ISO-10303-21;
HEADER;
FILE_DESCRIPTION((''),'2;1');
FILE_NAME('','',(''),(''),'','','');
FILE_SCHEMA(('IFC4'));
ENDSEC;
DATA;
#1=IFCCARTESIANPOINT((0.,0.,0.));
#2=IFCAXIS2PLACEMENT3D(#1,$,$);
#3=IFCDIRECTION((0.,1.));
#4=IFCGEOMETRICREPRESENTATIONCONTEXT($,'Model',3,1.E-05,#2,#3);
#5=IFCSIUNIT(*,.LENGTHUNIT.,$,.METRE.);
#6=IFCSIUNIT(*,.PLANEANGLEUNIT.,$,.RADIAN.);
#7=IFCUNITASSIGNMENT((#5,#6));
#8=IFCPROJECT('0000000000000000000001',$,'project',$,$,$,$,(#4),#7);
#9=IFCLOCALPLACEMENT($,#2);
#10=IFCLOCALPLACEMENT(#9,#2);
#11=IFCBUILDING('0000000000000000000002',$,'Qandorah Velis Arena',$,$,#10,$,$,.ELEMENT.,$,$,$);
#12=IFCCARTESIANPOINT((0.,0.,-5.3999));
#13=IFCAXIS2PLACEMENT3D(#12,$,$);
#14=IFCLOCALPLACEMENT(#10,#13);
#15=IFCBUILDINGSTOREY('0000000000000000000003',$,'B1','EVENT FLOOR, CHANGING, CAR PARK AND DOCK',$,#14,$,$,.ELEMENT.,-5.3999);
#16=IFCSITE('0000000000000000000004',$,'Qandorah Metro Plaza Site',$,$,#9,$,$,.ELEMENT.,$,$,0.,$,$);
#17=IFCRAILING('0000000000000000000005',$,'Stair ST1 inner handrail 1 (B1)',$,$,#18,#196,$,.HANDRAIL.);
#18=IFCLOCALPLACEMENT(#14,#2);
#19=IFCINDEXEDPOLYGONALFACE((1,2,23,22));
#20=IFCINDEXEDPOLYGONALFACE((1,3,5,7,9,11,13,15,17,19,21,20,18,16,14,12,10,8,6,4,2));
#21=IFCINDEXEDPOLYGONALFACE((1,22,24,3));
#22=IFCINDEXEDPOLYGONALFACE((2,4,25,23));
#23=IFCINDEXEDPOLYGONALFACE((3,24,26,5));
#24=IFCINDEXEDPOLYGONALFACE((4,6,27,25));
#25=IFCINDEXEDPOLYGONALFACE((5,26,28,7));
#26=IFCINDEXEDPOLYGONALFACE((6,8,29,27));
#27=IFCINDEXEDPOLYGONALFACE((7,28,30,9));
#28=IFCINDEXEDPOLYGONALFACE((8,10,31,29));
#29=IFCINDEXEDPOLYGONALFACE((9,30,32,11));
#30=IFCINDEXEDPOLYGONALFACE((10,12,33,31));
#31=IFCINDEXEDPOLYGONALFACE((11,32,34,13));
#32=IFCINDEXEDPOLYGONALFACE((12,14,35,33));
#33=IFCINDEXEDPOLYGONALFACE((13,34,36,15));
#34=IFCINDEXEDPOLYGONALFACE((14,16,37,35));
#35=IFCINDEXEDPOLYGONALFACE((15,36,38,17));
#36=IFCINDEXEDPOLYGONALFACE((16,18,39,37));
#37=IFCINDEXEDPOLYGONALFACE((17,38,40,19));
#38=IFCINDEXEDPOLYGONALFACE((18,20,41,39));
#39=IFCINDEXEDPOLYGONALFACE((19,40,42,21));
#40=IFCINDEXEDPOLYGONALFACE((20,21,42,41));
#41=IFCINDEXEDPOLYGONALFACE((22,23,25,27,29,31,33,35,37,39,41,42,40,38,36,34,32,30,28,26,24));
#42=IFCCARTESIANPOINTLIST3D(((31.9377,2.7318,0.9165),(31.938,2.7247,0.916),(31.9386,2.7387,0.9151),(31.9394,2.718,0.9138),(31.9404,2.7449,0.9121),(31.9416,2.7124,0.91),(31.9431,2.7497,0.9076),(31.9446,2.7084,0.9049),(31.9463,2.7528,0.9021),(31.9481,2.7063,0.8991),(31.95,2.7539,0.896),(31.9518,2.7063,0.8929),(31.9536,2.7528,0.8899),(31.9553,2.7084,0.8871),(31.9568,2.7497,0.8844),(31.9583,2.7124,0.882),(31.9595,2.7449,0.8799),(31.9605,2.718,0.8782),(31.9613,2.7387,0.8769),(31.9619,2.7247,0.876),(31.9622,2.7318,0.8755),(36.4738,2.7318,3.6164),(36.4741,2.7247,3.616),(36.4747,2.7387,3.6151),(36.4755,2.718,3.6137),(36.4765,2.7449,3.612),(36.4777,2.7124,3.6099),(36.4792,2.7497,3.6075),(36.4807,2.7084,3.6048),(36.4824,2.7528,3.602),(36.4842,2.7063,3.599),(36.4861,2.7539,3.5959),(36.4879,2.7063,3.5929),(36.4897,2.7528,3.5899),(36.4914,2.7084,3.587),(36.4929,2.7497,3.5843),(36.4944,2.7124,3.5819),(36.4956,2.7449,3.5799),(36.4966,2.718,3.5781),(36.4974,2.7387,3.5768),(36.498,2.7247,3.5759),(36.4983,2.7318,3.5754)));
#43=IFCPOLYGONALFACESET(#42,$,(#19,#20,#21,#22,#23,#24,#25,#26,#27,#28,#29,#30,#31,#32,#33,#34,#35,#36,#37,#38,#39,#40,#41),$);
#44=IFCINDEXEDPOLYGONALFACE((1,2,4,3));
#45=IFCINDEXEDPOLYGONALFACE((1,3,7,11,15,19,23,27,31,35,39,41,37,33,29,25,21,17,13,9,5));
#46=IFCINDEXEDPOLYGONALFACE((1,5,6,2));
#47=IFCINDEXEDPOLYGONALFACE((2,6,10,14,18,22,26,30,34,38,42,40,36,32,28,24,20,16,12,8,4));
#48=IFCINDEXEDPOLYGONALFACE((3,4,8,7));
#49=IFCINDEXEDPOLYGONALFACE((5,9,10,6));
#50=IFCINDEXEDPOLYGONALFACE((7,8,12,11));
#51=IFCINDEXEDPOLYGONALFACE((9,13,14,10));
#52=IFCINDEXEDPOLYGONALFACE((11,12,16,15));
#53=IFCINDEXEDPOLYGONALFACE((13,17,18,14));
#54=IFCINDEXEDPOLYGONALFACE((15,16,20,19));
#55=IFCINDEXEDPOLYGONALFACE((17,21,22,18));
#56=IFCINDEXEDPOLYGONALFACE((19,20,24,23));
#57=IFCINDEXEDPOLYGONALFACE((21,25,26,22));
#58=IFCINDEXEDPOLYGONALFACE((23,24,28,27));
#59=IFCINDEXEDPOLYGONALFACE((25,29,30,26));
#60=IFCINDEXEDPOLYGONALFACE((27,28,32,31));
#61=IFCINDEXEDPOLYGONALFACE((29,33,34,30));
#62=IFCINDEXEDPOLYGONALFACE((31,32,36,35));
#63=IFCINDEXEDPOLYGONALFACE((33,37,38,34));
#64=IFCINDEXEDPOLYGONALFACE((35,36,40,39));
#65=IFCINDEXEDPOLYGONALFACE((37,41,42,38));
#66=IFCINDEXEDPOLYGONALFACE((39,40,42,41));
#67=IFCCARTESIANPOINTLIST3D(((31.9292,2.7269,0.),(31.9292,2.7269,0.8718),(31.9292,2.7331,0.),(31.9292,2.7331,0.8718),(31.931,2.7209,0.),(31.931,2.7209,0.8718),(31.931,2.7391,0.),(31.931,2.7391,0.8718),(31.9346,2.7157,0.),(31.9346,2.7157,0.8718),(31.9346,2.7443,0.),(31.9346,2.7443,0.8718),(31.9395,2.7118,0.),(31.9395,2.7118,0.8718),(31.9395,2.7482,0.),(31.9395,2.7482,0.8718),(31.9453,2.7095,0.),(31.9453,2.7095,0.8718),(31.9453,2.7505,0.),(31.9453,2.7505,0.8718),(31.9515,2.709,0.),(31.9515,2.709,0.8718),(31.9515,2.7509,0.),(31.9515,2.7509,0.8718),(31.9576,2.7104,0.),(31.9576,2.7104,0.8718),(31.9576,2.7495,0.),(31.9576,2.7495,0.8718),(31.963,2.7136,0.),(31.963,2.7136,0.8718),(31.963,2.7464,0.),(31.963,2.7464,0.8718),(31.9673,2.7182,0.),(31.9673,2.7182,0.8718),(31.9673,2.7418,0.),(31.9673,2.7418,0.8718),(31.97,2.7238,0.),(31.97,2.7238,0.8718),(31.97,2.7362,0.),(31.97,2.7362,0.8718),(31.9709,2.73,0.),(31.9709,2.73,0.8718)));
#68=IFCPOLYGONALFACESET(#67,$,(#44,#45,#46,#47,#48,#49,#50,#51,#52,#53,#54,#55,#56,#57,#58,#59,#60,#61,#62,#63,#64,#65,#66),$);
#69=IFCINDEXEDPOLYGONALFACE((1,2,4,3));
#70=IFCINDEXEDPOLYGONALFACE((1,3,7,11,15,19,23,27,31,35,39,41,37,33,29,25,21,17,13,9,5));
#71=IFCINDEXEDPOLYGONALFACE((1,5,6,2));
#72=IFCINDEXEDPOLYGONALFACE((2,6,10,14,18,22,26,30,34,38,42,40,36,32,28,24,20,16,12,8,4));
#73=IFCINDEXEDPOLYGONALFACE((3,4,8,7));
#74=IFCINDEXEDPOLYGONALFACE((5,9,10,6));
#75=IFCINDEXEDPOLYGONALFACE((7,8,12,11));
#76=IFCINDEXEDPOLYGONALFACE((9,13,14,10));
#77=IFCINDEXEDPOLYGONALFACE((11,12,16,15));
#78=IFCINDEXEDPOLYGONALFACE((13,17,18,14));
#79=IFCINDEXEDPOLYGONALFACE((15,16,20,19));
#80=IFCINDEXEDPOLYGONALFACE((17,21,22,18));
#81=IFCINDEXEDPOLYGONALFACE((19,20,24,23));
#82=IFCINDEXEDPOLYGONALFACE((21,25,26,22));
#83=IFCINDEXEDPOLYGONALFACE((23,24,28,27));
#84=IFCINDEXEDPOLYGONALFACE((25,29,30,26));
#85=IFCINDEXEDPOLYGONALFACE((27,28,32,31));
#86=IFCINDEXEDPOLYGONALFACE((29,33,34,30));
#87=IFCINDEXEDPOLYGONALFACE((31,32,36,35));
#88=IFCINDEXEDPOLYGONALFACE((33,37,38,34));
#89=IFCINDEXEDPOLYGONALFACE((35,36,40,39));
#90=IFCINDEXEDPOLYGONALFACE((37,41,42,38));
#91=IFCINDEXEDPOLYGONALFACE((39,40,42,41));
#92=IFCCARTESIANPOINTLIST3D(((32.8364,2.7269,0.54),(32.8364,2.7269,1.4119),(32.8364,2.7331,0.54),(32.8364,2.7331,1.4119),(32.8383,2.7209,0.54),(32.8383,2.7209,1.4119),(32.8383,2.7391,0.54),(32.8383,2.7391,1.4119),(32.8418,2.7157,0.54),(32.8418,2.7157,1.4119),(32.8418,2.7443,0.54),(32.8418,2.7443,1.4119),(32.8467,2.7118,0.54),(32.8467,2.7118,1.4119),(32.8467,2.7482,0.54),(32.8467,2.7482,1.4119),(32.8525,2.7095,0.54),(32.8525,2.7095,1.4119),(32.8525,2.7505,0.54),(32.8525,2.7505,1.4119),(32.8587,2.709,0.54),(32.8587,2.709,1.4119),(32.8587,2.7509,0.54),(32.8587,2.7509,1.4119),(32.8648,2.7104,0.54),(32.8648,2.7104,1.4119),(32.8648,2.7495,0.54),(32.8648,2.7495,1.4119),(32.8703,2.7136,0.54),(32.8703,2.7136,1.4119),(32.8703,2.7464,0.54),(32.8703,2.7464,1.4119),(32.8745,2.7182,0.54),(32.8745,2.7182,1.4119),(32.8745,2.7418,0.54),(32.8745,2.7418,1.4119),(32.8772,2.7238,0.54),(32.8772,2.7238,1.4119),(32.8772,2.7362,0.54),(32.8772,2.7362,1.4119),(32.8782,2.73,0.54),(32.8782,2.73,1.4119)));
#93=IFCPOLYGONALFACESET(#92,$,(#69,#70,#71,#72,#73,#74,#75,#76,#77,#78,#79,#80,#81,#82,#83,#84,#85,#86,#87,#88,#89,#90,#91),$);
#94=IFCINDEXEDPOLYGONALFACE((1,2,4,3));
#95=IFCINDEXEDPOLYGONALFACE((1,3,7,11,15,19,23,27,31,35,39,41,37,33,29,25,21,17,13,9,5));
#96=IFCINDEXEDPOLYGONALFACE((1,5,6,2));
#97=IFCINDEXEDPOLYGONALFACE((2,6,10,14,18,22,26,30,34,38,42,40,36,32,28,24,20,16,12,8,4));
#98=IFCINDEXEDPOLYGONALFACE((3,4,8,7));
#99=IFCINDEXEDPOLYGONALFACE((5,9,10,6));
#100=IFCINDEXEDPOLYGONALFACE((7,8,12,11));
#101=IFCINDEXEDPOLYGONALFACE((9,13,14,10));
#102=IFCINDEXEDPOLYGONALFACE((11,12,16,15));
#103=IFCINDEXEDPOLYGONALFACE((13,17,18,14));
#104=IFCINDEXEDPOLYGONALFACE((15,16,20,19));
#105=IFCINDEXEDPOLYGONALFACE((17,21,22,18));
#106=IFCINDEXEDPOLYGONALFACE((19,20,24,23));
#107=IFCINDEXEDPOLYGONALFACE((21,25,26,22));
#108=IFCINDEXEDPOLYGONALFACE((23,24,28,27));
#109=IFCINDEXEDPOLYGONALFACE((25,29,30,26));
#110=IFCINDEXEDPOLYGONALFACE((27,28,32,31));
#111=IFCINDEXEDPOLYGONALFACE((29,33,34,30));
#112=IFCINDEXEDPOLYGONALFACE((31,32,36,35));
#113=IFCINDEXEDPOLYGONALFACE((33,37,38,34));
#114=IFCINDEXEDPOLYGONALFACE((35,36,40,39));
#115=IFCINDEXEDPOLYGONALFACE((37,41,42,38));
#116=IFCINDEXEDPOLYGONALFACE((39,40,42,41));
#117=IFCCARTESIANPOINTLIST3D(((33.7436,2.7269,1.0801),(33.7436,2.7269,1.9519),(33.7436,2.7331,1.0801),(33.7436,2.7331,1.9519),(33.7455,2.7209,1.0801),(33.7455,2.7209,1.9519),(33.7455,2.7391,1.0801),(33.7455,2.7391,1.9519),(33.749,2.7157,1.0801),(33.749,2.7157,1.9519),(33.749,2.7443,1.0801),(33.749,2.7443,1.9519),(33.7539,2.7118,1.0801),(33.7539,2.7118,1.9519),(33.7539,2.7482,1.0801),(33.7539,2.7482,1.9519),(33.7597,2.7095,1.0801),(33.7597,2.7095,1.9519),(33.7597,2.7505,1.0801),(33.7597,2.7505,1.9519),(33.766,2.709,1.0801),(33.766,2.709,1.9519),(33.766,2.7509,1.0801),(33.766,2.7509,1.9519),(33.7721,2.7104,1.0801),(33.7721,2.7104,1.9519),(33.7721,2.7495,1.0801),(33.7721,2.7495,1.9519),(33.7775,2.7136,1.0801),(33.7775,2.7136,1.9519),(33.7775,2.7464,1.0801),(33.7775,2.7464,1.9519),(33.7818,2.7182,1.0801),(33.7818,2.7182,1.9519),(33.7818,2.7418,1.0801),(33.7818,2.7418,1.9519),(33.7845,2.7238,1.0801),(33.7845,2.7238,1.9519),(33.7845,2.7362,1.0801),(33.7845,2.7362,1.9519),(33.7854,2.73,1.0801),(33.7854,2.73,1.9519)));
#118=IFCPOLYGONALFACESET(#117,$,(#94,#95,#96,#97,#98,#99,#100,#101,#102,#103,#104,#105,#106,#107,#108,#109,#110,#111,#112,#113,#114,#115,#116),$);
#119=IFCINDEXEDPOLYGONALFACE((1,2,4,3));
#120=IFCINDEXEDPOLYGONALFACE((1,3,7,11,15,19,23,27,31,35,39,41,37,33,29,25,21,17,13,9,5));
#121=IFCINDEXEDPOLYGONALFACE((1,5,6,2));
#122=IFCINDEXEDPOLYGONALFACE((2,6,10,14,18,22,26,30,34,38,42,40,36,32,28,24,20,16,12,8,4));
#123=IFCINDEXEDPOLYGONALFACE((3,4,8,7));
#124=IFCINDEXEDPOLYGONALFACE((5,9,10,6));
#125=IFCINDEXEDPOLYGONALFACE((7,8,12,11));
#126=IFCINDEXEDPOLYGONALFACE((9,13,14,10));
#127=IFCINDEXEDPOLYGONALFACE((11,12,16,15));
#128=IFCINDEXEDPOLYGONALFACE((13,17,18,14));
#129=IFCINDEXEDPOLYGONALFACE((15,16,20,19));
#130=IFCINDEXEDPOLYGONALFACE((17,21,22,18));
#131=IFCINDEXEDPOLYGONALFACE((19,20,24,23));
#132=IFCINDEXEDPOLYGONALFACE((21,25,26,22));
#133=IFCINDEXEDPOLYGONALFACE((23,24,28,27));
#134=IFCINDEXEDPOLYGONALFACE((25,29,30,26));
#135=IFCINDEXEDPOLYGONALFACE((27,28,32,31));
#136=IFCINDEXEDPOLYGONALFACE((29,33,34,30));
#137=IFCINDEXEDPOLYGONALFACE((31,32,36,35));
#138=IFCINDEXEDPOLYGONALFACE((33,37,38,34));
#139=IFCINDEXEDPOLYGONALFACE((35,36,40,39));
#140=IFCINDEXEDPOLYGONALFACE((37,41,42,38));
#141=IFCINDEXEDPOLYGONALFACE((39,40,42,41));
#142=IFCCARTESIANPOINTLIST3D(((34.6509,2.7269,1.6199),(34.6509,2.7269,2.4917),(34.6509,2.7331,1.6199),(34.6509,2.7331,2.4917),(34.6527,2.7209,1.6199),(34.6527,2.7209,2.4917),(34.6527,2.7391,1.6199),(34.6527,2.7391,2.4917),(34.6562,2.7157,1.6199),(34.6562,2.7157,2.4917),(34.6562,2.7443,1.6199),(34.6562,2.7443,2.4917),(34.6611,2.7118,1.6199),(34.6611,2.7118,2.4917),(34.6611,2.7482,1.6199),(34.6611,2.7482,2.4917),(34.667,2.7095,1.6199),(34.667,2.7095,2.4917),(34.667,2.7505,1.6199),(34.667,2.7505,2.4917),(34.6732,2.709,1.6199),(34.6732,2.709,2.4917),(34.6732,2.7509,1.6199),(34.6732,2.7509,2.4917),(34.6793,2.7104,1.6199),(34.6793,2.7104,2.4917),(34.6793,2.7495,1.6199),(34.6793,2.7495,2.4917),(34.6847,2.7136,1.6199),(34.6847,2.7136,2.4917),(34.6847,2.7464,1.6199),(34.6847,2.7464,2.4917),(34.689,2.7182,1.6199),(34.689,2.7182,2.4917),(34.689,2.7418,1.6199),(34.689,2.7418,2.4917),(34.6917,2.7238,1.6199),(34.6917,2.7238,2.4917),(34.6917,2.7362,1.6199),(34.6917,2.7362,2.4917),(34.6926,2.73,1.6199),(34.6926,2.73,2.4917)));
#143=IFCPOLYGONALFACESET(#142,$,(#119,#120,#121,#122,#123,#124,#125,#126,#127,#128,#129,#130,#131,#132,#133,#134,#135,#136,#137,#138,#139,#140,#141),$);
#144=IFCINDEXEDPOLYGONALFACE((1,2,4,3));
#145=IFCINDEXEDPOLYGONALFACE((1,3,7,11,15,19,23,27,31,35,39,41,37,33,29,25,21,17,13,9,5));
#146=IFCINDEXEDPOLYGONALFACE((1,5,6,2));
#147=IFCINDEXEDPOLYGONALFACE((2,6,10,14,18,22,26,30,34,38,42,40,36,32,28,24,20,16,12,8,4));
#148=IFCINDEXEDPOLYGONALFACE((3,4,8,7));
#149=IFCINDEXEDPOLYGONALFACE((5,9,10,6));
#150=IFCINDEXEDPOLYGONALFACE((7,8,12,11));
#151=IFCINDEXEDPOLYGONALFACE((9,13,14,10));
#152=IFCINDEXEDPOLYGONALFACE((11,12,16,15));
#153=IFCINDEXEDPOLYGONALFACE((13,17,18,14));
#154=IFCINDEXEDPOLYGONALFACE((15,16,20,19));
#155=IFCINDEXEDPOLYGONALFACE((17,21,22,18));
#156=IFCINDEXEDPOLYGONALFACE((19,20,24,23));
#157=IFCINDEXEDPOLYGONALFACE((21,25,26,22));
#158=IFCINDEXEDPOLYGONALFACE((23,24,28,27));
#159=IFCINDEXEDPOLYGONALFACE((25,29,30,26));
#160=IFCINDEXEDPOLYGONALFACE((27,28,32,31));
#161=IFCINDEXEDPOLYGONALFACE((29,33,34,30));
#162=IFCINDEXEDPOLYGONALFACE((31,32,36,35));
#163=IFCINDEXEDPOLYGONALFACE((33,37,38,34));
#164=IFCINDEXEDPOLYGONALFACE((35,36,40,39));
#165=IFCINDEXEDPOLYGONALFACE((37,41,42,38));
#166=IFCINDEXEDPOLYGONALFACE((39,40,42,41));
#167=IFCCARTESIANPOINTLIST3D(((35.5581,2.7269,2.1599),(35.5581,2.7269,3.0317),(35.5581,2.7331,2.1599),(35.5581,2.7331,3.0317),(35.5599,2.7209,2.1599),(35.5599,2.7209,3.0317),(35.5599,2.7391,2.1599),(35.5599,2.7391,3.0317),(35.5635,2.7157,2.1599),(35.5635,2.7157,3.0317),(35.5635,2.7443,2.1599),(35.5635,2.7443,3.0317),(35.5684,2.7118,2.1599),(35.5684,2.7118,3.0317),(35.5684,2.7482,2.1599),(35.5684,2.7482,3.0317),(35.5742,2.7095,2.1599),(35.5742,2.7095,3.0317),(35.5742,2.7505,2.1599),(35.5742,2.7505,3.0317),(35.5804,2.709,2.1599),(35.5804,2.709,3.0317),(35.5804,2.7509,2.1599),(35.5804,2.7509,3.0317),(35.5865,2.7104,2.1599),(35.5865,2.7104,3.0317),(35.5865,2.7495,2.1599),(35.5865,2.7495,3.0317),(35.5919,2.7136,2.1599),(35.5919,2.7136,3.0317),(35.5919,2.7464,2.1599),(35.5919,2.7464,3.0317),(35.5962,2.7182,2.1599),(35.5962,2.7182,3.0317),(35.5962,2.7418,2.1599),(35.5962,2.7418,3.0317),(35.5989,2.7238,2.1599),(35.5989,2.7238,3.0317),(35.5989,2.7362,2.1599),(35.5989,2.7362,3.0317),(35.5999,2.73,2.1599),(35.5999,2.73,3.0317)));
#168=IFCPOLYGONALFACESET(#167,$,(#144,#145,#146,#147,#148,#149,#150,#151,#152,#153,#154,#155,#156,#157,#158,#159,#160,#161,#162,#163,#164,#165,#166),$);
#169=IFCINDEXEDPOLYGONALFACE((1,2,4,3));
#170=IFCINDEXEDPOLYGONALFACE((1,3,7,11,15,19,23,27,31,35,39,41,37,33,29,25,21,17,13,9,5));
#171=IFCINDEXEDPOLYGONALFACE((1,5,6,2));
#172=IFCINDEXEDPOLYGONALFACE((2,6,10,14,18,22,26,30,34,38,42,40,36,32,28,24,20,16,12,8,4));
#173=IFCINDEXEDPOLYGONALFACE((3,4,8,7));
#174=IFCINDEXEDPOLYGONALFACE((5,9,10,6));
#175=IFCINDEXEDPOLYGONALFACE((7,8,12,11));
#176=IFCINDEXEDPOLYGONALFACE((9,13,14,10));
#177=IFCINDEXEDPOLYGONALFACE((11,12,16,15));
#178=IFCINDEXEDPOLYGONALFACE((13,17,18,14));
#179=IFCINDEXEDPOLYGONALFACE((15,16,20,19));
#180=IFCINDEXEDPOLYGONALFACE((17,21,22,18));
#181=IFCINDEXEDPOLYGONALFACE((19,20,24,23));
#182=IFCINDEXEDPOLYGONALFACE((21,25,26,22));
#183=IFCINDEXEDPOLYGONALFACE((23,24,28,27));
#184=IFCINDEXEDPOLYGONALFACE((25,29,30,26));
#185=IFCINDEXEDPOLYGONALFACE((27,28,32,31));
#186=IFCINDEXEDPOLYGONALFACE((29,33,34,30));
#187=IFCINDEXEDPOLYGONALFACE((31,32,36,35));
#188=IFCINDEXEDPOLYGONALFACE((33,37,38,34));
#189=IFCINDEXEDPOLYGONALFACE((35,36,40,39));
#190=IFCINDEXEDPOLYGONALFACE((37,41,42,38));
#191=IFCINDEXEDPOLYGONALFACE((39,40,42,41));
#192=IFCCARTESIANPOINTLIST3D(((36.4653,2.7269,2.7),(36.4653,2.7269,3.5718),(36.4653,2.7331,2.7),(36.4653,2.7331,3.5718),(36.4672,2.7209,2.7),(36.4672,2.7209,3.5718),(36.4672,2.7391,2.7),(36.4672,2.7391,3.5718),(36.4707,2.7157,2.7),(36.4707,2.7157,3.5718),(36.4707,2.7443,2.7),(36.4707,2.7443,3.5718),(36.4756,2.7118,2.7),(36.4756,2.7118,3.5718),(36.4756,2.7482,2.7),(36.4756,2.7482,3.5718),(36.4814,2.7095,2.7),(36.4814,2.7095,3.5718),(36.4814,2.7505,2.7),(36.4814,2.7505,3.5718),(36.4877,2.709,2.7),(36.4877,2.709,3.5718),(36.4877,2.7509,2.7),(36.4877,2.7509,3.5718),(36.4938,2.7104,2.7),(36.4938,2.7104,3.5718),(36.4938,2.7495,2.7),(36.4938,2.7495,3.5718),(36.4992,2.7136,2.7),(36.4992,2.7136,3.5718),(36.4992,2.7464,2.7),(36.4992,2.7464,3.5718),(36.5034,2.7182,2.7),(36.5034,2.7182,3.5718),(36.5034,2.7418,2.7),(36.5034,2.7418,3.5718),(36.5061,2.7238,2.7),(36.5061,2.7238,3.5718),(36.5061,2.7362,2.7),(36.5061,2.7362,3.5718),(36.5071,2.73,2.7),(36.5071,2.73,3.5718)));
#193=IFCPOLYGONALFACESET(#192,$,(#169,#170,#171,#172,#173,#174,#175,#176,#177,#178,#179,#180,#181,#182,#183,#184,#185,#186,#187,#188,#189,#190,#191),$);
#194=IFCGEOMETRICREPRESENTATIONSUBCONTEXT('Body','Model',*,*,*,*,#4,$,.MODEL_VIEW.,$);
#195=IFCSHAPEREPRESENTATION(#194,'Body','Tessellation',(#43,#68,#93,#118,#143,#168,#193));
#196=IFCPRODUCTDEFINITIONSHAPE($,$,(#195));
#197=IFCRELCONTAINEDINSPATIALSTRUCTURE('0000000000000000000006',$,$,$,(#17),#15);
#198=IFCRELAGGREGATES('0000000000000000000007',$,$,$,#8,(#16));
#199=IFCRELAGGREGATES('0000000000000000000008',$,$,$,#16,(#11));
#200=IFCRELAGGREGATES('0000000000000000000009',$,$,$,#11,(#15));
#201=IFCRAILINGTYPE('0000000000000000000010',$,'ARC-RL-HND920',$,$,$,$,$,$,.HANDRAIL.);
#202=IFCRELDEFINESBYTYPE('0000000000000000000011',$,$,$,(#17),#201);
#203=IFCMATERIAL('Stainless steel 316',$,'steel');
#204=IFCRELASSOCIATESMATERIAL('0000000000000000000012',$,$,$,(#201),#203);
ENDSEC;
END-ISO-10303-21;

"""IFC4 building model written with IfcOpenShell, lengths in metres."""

from ifc_helpers import new_model, si_unit, direction, frame, origin, origin_2d, place, context, subcontext, project, spatial, circle, extrude, material, type_object, element, save


model = new_model("IFC4")

# Units and contexts
model_context = context("Model", 3, precision=1e-05, world=origin(), true_north=direction((0.0, 1.0)))
body_context = subcontext(model_context, "Body", "Model", "MODEL_VIEW")
ifc_project = project(units=[si_unit("LENGTHUNIT", "METRE"), si_unit("PLANEANGLEUNIT", "RADIAN")], contexts=[model_context])

# Site, building, storey
site_placement = place(None, origin())
site = spatial("IfcSite", under=ifc_project, at=site_placement, Name="Qandorah Metro Plaza Site", CompositionType="ELEMENT", RefElevation=0.0)
building_placement = place(site_placement, origin())
building = spatial("IfcBuilding", under=site, at=building_placement, Name="Qandorah Velis Arena", CompositionType="ELEMENT")
storey_placement = place(building_placement, frame((0.0, 0.0, -5.3999)))
storey = spatial("IfcBuildingStorey", under=building, at=storey_placement, Name="B1", Description="EVENT FLOOR, CHANGING, CAR PARK AND DOCK", CompositionType="ELEMENT", Elevation=-5.3999)

# Railing
ifc_material_1 = material(Name="Stainless steel 316", Category="steel")
railing_type_1 = type_object("IfcRailingType", Name="ARC-RL-HND920", PredefinedType="HANDRAIL", material=ifc_material_1)
railing_1_placement = place(storey_placement, frame((31.95, 2.73, 0.0)))
element("IfcRailing", 1, at=railing_1_placement, inside=storey, type_object=railing_type_1, Name="Stair ST1 inner handrail 1 (B1)", PredefinedType="HANDRAIL", context=body_context, shape_type="SweptSolid", body=[
    extrude(circle(Radius=0.0239, at=origin_2d()), frame((0.0, 0.0, 0.896), z_axis=(0.859304, 0.0, 0.511466), x_axis=(0.0, 1.0, 0.0)), (0.0, 0.0, 1.0), 5.2788),
    extrude(circle(Radius=0.021, at=origin_2d()), origin(), (0.0, 0.0, 1.0), 0.8718),
    extrude(circle(Radius=0.021, at=origin_2d()), frame((0.9072, 0.0, 0.54)), (0.0, 0.0, 1.0), 0.8718),
    extrude(circle(Radius=0.021, at=origin_2d()), frame((1.8145, 0.0, 1.0801)), (0.0, 0.0, 1.0), 0.8718),
    extrude(circle(Radius=0.021, at=origin_2d()), frame((2.7217, 0.0, 1.6199)), (0.0, 0.0, 1.0), 0.8718),
    extrude(circle(Radius=0.021, at=origin_2d()), frame((3.6289, 0.0, 2.1599)), (0.0, 0.0, 1.0), 0.8718),
    extrude(circle(Radius=0.021, at=origin_2d()), frame((4.5361, 0.0, 2.7)), (0.0, 0.0, 1.0), 0.8718),
])

save(model, "model.ifc")
